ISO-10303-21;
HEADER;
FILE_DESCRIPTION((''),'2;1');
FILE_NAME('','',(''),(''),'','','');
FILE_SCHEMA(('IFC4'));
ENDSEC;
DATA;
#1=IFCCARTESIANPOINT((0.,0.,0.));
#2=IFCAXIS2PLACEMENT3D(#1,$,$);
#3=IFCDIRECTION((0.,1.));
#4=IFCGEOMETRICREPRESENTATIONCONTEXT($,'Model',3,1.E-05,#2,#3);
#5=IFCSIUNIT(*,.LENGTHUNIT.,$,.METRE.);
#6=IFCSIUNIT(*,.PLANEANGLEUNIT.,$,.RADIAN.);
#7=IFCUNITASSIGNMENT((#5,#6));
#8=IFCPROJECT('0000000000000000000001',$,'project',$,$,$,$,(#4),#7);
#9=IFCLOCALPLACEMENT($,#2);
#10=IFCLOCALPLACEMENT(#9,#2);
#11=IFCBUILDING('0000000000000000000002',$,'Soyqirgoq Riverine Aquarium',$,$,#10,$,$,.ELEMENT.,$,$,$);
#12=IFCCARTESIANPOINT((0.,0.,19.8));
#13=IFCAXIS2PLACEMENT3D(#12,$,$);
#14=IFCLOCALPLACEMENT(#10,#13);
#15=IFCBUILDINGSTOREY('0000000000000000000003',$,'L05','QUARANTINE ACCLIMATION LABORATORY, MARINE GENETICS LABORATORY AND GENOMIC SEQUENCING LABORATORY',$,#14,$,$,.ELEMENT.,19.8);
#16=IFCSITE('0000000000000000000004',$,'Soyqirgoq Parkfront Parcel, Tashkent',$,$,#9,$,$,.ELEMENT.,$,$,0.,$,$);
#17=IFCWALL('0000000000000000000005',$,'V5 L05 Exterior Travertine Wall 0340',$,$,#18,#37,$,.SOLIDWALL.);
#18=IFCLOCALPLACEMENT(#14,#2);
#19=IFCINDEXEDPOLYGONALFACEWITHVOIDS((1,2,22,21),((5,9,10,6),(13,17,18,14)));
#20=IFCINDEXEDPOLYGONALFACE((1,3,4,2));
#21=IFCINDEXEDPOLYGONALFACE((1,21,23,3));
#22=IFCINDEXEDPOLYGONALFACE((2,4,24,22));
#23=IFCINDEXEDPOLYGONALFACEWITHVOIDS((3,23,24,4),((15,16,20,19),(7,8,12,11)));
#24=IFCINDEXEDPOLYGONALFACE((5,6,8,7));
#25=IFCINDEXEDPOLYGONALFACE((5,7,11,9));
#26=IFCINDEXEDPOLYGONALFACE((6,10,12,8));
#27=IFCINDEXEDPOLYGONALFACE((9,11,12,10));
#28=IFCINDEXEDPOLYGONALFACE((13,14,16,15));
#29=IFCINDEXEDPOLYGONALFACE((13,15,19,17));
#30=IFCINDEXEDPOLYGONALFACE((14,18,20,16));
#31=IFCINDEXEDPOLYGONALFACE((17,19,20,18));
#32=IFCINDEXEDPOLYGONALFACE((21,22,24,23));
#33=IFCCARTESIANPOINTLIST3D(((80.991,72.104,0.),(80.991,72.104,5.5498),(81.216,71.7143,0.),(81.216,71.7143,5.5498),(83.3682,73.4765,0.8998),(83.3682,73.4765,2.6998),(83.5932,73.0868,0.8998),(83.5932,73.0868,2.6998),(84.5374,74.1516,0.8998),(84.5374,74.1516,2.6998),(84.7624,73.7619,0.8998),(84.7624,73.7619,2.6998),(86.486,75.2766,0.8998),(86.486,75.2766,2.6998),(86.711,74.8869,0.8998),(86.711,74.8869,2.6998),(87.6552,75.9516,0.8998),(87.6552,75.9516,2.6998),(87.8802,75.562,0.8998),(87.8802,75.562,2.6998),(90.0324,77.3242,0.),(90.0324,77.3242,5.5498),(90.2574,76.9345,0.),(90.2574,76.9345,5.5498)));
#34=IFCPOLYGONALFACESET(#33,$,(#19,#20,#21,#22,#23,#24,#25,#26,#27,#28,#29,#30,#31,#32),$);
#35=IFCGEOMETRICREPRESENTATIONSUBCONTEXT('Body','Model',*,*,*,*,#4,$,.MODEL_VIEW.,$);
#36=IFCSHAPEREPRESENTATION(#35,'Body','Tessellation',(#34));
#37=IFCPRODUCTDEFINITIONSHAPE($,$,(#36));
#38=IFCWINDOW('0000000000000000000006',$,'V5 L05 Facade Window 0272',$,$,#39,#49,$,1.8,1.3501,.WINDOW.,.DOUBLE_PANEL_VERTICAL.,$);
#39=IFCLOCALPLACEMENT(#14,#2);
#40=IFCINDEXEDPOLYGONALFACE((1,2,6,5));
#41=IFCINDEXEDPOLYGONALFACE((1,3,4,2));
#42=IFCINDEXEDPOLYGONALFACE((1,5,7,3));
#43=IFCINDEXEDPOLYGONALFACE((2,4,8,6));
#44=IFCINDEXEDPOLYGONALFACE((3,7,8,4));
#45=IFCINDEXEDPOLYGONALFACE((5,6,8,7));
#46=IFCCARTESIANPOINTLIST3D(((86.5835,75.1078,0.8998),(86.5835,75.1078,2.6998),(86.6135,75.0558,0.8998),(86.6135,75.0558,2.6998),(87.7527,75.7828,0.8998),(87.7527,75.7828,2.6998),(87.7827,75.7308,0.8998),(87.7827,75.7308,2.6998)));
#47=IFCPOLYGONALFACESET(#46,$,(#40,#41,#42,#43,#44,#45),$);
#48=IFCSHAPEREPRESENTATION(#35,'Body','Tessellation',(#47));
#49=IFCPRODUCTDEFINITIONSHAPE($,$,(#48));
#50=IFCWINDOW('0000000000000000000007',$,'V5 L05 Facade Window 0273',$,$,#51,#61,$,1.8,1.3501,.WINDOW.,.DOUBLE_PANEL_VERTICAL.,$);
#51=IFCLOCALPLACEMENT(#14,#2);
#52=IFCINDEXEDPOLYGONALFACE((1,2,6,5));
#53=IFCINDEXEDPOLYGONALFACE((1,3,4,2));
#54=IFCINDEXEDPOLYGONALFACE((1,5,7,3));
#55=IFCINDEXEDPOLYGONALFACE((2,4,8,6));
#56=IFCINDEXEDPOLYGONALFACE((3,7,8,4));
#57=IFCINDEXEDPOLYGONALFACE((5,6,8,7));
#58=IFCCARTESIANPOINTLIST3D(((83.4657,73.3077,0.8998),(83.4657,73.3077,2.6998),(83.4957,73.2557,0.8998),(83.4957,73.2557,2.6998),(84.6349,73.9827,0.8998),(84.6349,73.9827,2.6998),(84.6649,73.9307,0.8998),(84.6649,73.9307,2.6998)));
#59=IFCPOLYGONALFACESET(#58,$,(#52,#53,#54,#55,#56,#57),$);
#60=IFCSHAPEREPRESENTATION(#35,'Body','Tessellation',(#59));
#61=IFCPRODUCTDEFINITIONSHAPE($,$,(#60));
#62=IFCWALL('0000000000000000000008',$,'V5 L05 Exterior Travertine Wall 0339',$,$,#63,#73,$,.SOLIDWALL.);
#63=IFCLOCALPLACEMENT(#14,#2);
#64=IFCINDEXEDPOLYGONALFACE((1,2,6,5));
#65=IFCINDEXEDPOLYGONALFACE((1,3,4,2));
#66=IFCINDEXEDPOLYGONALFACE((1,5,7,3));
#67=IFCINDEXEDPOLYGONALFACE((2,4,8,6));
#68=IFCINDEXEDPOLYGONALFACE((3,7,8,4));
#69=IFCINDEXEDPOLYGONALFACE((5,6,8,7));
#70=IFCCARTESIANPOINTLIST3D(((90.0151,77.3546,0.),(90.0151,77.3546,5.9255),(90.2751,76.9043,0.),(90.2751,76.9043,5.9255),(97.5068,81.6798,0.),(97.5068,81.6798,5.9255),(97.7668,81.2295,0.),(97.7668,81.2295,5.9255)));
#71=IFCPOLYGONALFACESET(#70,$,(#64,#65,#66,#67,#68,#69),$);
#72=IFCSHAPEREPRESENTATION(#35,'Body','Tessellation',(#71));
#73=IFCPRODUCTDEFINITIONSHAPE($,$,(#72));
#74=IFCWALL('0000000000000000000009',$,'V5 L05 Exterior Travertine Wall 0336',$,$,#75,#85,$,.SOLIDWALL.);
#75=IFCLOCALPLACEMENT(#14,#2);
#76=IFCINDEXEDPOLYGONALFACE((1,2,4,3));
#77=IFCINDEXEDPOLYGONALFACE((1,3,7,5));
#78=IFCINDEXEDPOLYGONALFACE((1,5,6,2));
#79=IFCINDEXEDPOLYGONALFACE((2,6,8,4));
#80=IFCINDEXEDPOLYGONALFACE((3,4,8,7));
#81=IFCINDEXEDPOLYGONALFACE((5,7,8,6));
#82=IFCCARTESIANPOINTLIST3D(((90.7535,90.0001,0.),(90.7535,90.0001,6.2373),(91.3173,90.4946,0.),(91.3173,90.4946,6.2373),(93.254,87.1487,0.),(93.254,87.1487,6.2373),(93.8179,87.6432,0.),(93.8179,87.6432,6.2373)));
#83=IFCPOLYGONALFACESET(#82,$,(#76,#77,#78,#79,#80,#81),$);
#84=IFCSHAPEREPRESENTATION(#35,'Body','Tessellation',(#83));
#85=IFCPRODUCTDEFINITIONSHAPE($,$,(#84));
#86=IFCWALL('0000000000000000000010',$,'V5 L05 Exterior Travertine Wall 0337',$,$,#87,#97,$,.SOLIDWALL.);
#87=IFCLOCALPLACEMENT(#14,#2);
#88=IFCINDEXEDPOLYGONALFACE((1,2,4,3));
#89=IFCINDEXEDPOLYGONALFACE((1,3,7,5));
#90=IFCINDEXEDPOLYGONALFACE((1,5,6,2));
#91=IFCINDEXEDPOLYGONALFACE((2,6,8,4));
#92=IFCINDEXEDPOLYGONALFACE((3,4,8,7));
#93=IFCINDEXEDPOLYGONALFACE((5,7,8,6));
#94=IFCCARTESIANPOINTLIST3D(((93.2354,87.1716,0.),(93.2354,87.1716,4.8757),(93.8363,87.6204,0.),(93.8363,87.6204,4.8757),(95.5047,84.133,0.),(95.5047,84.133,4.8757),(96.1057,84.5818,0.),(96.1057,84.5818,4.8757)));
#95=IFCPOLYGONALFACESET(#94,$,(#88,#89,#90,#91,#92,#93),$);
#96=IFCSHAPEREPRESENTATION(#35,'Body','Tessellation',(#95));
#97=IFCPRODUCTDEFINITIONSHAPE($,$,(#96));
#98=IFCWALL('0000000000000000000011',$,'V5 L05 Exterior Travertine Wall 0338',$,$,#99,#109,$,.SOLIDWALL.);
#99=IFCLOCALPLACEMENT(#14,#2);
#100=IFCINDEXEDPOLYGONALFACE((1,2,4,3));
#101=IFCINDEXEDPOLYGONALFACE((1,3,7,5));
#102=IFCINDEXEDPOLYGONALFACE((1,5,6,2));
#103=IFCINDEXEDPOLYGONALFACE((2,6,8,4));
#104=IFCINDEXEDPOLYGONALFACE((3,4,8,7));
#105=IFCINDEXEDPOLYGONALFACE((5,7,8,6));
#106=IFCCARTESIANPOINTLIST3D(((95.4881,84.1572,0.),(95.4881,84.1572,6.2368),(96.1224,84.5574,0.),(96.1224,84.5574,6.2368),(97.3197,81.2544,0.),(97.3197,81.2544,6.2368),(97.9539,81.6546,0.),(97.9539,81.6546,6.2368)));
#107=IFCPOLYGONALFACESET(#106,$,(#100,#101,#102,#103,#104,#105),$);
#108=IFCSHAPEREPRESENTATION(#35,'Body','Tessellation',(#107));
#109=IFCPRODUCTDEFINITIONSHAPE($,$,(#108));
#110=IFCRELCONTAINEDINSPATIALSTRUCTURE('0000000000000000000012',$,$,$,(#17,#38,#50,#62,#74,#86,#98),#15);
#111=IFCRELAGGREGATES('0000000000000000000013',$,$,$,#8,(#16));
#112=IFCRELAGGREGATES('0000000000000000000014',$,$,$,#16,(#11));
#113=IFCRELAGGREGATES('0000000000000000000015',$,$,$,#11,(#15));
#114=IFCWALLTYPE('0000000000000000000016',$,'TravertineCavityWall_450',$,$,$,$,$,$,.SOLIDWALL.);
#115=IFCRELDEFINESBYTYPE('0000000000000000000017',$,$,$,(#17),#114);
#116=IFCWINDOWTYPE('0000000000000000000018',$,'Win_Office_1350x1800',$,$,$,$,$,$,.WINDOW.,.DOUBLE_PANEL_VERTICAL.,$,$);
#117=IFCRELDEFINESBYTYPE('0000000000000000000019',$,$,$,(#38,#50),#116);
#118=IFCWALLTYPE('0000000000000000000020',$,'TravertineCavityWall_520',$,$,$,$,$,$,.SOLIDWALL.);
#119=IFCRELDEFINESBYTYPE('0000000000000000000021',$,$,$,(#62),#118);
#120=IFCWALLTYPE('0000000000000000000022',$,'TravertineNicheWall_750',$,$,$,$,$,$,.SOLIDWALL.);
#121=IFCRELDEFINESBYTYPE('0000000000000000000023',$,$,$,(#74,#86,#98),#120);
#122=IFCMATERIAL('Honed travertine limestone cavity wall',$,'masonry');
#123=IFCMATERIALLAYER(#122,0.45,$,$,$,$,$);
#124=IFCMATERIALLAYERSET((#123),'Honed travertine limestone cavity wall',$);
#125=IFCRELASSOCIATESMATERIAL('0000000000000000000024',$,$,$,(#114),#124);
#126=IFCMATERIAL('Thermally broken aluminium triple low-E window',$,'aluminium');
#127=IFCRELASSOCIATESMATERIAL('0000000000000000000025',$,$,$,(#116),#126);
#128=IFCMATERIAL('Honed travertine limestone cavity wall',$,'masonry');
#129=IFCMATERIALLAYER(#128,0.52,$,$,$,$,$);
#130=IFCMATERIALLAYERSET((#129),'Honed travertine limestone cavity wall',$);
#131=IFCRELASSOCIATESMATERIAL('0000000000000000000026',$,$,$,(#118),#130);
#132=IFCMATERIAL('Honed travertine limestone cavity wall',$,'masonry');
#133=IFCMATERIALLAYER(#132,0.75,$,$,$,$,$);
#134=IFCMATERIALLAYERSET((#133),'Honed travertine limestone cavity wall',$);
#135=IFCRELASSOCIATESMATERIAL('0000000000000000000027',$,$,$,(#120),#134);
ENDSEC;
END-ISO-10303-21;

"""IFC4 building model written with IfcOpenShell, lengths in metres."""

from ifc_helpers import new_model, si_unit, direction, frame, frame_2d, origin, place, context, subcontext, project, spatial, rectangle, extrude, material, layer, layer_set, type_object, element, fill, save


model = new_model("IFC4")

# Units and contexts
model_context = context("Model", 3, precision=1e-05, world=origin(), true_north=direction((0.0, 1.0)))
body_context = subcontext(model_context, "Body", "Model", "MODEL_VIEW")
ifc_project = project(units=[si_unit("LENGTHUNIT", "METRE"), si_unit("PLANEANGLEUNIT", "RADIAN")], contexts=[model_context])

# Site, building, storey
site_placement = place(None, origin())
site = spatial("IfcSite", under=ifc_project, at=site_placement, Name="Soyqirgoq Parkfront Parcel, Tashkent", CompositionType="ELEMENT", RefElevation=0.0)
building_placement = place(site_placement, origin())
building = spatial("IfcBuilding", under=site, at=building_placement, Name="Soyqirgoq Riverine Aquarium", CompositionType="ELEMENT")
storey_placement = place(building_placement, frame((0.0, 0.0, 19.8)))
storey = spatial("IfcBuildingStorey", under=building, at=storey_placement, Name="L05", Description="QUARANTINE ACCLIMATION LABORATORY, MARINE GENETICS LABORATORY AND GENOMIC SEQUENCING LABORATORY", CompositionType="ELEMENT", Elevation=19.8)

# Wall, openings, windows
ifc_material_1 = material(Name="Honed travertine limestone cavity wall", Category="masonry")
ifc_layer_1 = layer(ifc_material_1, 0.45)
ifc_layer_set_1 = layer_set([ifc_layer_1], Name="Honed travertine limestone cavity wall")
wall_type_1 = type_object("IfcWallType", Name="TravertineCavityWall_450", PredefinedType="SOLIDWALL", material=ifc_layer_set_1)
wall_1_placement = place(storey_placement, frame((90.145, 77.1294, 0.0), z_axis=(0.0, 0.0, 1.0), x_axis=(-0.866021, -0.500007, 0.0)))
wall_1 = element("IfcWall", 1, at=wall_1_placement, inside=storey, type_object=wall_type_1, Name="V5 L05 Exterior Travertine Wall 0340", PredefinedType="SOLIDWALL", context=body_context, shape_type="SweptSolid", body=[
    extrude(rectangle(XDim=10.4402, YDim=0.45, at=frame_2d((5.2202, 0.0))), origin(), (0.0, 0.0, 1.0), 5.5498),
])
opening_1_placement = place(wall_1_placement, frame((2.7451, 0.0, 0.8999)))
opening_1 = element("IfcOpeningElement", 2, at=opening_1_placement, cuts=wall_1, PredefinedType="OPENING", context=body_context, shape_type="SweptSolid", body=[
    extrude(rectangle(XDim=1.3501, YDim=1.8, at=frame_2d((0.675, 0.8999))), frame((0.0, 0.2349, 0.0), z_axis=(0.0, -1.0, 0.0), x_axis=(1.0, 0.0, 0.0)), (0.0, 0.0, 1.0), 0.47),
])
opening_2_placement = place(wall_1_placement, frame((6.3452, 0.0, 0.8999)))
opening_2 = element("IfcOpeningElement", 3, at=opening_2_placement, cuts=wall_1, PredefinedType="OPENING", context=body_context, shape_type="SweptSolid", body=[
    extrude(rectangle(XDim=1.3501, YDim=1.8, at=frame_2d((0.675, 0.8999))), frame((0.0, 0.2349, 0.0), z_axis=(0.0, -1.0, 0.0), x_axis=(1.0, 0.0, 0.0)), (0.0, 0.0, 1.0), 0.47),
])
ifc_material_2 = material(Name="Thermally broken aluminium triple low-E window", Category="aluminium")
window_type = type_object("IfcWindowType", Name="Win_Office_1350x1800", PartitioningType="DOUBLE_PANEL_VERTICAL", PredefinedType="WINDOW", material=ifc_material_2)
window_1_placement = place(opening_1_placement, origin())
window_1 = element("IfcWindow", 4, at=window_1_placement, inside=storey, type_object=window_type, Name="V5 L05 Facade Window 0272", OverallHeight=1.8, OverallWidth=1.3501, PartitioningType="DOUBLE_PANEL_VERTICAL", PredefinedType="WINDOW", context=body_context, shape_type="SweptSolid", body=[
    extrude(rectangle(XDim=1.3501, YDim=1.8, at=frame_2d((0.675, 0.8999))), frame((0.0, 0.03, 0.0), z_axis=(0.0, -1.0, 0.0), x_axis=(1.0, 0.0, 0.0)), (0.0, 0.0, 1.0), 0.0601),
])
fill(opening_1, window_1)
window_2_placement = place(opening_2_placement, origin())
window_2 = element("IfcWindow", 5, at=window_2_placement, inside=storey, type_object=window_type, Name="V5 L05 Facade Window 0273", OverallHeight=1.8, OverallWidth=1.3501, PartitioningType="DOUBLE_PANEL_VERTICAL", PredefinedType="WINDOW", context=body_context, shape_type="SweptSolid", body=[
    extrude(rectangle(XDim=1.3501, YDim=1.8, at=frame_2d((0.675, 0.8999))), frame((0.0, 0.03, 0.0), z_axis=(0.0, -1.0, 0.0), x_axis=(1.0, 0.0, 0.0)), (0.0, 0.0, 1.0), 0.0601),
])
fill(opening_2, window_2)

# Walls
ifc_material_3 = material(Name="Honed travertine limestone cavity wall", Category="masonry")
ifc_layer_2 = layer(ifc_material_3, 0.52)
ifc_layer_set_2 = layer_set([ifc_layer_2], Name="Honed travertine limestone cavity wall")
wall_type_2 = type_object("IfcWallType", Name="TravertineCavityWall_520", PredefinedType="SOLIDWALL", material=ifc_layer_set_2)
wall_2_placement = place(storey_placement, frame((97.6367, 81.4546, 0.0), z_axis=(0.0, 0.0, 1.0), x_axis=(-0.866032, -0.499988, 0.0)))
element("IfcWall", 6, at=wall_2_placement, inside=storey, type_object=wall_type_2, Name="V5 L05 Exterior Travertine Wall 0339", PredefinedType="SOLIDWALL", context=body_context, shape_type="SweptSolid", body=[
    extrude(rectangle(XDim=8.6506, YDim=0.52, at=frame_2d((4.3252, 0.0))), origin(), (0.0, 0.0, 1.0), 5.9255),
])
ifc_material_4 = material(Name="Honed travertine limestone cavity wall", Category="masonry")
ifc_layer_3 = layer(ifc_material_4, 0.75)
ifc_layer_set_3 = layer_set([ifc_layer_3], Name="Honed travertine limestone cavity wall")
wall_type_3 = type_object("IfcWallType", Name="TravertineNicheWall_750", PredefinedType="SOLIDWALL", material=ifc_layer_set_3)
wall_3_placement = place(storey_placement, frame((91.0354, 90.2473, 0.0), z_axis=(0.0, 0.0, 1.0), x_axis=(0.659338, -0.751846, 0.0)))
element("IfcWall", 7, at=wall_3_placement, inside=storey, type_object=wall_type_3, Name="V5 L05 Exterior Travertine Wall 0336", PredefinedType="SOLIDWALL", context=body_context, shape_type="SweptSolid", body=[
    extrude(rectangle(XDim=3.7925, YDim=0.75, at=frame_2d((1.8962, 0.0))), origin(), (0.0, 0.0, 1.0), 6.2373),
])
wall_4_placement = place(storey_placement, frame((93.5359, 87.396, 0.0), z_axis=(0.0, 0.0, 1.0), x_axis=(0.598371, -0.801219, 0.0)))
element("IfcWall", 8, at=wall_4_placement, inside=storey, type_object=wall_type_3, Name="V5 L05 Exterior Travertine Wall 0337", PredefinedType="SOLIDWALL", context=body_context, shape_type="SweptSolid", body=[
    extrude(rectangle(XDim=3.7925, YDim=0.75, at=frame_2d((1.8962, 0.0))), origin(), (0.0, 0.0, 1.0), 4.8757),
])
wall_5_placement = place(storey_placement, frame((95.8052, 84.3574, 0.0), z_axis=(0.0, 0.0, 1.0), x_axis=(0.533613, -0.845729, 0.0)))
element("IfcWall", 9, at=wall_5_placement, inside=storey, type_object=wall_type_3, Name="V5 L05 Exterior Travertine Wall 0338", PredefinedType="SOLIDWALL", context=body_context, shape_type="SweptSolid", body=[
    extrude(rectangle(XDim=3.4324, YDim=0.75, at=frame_2d((1.7163, 0.0))), origin(), (0.0, 0.0, 1.0), 6.2368),
])

save(model, "model.ifc")
